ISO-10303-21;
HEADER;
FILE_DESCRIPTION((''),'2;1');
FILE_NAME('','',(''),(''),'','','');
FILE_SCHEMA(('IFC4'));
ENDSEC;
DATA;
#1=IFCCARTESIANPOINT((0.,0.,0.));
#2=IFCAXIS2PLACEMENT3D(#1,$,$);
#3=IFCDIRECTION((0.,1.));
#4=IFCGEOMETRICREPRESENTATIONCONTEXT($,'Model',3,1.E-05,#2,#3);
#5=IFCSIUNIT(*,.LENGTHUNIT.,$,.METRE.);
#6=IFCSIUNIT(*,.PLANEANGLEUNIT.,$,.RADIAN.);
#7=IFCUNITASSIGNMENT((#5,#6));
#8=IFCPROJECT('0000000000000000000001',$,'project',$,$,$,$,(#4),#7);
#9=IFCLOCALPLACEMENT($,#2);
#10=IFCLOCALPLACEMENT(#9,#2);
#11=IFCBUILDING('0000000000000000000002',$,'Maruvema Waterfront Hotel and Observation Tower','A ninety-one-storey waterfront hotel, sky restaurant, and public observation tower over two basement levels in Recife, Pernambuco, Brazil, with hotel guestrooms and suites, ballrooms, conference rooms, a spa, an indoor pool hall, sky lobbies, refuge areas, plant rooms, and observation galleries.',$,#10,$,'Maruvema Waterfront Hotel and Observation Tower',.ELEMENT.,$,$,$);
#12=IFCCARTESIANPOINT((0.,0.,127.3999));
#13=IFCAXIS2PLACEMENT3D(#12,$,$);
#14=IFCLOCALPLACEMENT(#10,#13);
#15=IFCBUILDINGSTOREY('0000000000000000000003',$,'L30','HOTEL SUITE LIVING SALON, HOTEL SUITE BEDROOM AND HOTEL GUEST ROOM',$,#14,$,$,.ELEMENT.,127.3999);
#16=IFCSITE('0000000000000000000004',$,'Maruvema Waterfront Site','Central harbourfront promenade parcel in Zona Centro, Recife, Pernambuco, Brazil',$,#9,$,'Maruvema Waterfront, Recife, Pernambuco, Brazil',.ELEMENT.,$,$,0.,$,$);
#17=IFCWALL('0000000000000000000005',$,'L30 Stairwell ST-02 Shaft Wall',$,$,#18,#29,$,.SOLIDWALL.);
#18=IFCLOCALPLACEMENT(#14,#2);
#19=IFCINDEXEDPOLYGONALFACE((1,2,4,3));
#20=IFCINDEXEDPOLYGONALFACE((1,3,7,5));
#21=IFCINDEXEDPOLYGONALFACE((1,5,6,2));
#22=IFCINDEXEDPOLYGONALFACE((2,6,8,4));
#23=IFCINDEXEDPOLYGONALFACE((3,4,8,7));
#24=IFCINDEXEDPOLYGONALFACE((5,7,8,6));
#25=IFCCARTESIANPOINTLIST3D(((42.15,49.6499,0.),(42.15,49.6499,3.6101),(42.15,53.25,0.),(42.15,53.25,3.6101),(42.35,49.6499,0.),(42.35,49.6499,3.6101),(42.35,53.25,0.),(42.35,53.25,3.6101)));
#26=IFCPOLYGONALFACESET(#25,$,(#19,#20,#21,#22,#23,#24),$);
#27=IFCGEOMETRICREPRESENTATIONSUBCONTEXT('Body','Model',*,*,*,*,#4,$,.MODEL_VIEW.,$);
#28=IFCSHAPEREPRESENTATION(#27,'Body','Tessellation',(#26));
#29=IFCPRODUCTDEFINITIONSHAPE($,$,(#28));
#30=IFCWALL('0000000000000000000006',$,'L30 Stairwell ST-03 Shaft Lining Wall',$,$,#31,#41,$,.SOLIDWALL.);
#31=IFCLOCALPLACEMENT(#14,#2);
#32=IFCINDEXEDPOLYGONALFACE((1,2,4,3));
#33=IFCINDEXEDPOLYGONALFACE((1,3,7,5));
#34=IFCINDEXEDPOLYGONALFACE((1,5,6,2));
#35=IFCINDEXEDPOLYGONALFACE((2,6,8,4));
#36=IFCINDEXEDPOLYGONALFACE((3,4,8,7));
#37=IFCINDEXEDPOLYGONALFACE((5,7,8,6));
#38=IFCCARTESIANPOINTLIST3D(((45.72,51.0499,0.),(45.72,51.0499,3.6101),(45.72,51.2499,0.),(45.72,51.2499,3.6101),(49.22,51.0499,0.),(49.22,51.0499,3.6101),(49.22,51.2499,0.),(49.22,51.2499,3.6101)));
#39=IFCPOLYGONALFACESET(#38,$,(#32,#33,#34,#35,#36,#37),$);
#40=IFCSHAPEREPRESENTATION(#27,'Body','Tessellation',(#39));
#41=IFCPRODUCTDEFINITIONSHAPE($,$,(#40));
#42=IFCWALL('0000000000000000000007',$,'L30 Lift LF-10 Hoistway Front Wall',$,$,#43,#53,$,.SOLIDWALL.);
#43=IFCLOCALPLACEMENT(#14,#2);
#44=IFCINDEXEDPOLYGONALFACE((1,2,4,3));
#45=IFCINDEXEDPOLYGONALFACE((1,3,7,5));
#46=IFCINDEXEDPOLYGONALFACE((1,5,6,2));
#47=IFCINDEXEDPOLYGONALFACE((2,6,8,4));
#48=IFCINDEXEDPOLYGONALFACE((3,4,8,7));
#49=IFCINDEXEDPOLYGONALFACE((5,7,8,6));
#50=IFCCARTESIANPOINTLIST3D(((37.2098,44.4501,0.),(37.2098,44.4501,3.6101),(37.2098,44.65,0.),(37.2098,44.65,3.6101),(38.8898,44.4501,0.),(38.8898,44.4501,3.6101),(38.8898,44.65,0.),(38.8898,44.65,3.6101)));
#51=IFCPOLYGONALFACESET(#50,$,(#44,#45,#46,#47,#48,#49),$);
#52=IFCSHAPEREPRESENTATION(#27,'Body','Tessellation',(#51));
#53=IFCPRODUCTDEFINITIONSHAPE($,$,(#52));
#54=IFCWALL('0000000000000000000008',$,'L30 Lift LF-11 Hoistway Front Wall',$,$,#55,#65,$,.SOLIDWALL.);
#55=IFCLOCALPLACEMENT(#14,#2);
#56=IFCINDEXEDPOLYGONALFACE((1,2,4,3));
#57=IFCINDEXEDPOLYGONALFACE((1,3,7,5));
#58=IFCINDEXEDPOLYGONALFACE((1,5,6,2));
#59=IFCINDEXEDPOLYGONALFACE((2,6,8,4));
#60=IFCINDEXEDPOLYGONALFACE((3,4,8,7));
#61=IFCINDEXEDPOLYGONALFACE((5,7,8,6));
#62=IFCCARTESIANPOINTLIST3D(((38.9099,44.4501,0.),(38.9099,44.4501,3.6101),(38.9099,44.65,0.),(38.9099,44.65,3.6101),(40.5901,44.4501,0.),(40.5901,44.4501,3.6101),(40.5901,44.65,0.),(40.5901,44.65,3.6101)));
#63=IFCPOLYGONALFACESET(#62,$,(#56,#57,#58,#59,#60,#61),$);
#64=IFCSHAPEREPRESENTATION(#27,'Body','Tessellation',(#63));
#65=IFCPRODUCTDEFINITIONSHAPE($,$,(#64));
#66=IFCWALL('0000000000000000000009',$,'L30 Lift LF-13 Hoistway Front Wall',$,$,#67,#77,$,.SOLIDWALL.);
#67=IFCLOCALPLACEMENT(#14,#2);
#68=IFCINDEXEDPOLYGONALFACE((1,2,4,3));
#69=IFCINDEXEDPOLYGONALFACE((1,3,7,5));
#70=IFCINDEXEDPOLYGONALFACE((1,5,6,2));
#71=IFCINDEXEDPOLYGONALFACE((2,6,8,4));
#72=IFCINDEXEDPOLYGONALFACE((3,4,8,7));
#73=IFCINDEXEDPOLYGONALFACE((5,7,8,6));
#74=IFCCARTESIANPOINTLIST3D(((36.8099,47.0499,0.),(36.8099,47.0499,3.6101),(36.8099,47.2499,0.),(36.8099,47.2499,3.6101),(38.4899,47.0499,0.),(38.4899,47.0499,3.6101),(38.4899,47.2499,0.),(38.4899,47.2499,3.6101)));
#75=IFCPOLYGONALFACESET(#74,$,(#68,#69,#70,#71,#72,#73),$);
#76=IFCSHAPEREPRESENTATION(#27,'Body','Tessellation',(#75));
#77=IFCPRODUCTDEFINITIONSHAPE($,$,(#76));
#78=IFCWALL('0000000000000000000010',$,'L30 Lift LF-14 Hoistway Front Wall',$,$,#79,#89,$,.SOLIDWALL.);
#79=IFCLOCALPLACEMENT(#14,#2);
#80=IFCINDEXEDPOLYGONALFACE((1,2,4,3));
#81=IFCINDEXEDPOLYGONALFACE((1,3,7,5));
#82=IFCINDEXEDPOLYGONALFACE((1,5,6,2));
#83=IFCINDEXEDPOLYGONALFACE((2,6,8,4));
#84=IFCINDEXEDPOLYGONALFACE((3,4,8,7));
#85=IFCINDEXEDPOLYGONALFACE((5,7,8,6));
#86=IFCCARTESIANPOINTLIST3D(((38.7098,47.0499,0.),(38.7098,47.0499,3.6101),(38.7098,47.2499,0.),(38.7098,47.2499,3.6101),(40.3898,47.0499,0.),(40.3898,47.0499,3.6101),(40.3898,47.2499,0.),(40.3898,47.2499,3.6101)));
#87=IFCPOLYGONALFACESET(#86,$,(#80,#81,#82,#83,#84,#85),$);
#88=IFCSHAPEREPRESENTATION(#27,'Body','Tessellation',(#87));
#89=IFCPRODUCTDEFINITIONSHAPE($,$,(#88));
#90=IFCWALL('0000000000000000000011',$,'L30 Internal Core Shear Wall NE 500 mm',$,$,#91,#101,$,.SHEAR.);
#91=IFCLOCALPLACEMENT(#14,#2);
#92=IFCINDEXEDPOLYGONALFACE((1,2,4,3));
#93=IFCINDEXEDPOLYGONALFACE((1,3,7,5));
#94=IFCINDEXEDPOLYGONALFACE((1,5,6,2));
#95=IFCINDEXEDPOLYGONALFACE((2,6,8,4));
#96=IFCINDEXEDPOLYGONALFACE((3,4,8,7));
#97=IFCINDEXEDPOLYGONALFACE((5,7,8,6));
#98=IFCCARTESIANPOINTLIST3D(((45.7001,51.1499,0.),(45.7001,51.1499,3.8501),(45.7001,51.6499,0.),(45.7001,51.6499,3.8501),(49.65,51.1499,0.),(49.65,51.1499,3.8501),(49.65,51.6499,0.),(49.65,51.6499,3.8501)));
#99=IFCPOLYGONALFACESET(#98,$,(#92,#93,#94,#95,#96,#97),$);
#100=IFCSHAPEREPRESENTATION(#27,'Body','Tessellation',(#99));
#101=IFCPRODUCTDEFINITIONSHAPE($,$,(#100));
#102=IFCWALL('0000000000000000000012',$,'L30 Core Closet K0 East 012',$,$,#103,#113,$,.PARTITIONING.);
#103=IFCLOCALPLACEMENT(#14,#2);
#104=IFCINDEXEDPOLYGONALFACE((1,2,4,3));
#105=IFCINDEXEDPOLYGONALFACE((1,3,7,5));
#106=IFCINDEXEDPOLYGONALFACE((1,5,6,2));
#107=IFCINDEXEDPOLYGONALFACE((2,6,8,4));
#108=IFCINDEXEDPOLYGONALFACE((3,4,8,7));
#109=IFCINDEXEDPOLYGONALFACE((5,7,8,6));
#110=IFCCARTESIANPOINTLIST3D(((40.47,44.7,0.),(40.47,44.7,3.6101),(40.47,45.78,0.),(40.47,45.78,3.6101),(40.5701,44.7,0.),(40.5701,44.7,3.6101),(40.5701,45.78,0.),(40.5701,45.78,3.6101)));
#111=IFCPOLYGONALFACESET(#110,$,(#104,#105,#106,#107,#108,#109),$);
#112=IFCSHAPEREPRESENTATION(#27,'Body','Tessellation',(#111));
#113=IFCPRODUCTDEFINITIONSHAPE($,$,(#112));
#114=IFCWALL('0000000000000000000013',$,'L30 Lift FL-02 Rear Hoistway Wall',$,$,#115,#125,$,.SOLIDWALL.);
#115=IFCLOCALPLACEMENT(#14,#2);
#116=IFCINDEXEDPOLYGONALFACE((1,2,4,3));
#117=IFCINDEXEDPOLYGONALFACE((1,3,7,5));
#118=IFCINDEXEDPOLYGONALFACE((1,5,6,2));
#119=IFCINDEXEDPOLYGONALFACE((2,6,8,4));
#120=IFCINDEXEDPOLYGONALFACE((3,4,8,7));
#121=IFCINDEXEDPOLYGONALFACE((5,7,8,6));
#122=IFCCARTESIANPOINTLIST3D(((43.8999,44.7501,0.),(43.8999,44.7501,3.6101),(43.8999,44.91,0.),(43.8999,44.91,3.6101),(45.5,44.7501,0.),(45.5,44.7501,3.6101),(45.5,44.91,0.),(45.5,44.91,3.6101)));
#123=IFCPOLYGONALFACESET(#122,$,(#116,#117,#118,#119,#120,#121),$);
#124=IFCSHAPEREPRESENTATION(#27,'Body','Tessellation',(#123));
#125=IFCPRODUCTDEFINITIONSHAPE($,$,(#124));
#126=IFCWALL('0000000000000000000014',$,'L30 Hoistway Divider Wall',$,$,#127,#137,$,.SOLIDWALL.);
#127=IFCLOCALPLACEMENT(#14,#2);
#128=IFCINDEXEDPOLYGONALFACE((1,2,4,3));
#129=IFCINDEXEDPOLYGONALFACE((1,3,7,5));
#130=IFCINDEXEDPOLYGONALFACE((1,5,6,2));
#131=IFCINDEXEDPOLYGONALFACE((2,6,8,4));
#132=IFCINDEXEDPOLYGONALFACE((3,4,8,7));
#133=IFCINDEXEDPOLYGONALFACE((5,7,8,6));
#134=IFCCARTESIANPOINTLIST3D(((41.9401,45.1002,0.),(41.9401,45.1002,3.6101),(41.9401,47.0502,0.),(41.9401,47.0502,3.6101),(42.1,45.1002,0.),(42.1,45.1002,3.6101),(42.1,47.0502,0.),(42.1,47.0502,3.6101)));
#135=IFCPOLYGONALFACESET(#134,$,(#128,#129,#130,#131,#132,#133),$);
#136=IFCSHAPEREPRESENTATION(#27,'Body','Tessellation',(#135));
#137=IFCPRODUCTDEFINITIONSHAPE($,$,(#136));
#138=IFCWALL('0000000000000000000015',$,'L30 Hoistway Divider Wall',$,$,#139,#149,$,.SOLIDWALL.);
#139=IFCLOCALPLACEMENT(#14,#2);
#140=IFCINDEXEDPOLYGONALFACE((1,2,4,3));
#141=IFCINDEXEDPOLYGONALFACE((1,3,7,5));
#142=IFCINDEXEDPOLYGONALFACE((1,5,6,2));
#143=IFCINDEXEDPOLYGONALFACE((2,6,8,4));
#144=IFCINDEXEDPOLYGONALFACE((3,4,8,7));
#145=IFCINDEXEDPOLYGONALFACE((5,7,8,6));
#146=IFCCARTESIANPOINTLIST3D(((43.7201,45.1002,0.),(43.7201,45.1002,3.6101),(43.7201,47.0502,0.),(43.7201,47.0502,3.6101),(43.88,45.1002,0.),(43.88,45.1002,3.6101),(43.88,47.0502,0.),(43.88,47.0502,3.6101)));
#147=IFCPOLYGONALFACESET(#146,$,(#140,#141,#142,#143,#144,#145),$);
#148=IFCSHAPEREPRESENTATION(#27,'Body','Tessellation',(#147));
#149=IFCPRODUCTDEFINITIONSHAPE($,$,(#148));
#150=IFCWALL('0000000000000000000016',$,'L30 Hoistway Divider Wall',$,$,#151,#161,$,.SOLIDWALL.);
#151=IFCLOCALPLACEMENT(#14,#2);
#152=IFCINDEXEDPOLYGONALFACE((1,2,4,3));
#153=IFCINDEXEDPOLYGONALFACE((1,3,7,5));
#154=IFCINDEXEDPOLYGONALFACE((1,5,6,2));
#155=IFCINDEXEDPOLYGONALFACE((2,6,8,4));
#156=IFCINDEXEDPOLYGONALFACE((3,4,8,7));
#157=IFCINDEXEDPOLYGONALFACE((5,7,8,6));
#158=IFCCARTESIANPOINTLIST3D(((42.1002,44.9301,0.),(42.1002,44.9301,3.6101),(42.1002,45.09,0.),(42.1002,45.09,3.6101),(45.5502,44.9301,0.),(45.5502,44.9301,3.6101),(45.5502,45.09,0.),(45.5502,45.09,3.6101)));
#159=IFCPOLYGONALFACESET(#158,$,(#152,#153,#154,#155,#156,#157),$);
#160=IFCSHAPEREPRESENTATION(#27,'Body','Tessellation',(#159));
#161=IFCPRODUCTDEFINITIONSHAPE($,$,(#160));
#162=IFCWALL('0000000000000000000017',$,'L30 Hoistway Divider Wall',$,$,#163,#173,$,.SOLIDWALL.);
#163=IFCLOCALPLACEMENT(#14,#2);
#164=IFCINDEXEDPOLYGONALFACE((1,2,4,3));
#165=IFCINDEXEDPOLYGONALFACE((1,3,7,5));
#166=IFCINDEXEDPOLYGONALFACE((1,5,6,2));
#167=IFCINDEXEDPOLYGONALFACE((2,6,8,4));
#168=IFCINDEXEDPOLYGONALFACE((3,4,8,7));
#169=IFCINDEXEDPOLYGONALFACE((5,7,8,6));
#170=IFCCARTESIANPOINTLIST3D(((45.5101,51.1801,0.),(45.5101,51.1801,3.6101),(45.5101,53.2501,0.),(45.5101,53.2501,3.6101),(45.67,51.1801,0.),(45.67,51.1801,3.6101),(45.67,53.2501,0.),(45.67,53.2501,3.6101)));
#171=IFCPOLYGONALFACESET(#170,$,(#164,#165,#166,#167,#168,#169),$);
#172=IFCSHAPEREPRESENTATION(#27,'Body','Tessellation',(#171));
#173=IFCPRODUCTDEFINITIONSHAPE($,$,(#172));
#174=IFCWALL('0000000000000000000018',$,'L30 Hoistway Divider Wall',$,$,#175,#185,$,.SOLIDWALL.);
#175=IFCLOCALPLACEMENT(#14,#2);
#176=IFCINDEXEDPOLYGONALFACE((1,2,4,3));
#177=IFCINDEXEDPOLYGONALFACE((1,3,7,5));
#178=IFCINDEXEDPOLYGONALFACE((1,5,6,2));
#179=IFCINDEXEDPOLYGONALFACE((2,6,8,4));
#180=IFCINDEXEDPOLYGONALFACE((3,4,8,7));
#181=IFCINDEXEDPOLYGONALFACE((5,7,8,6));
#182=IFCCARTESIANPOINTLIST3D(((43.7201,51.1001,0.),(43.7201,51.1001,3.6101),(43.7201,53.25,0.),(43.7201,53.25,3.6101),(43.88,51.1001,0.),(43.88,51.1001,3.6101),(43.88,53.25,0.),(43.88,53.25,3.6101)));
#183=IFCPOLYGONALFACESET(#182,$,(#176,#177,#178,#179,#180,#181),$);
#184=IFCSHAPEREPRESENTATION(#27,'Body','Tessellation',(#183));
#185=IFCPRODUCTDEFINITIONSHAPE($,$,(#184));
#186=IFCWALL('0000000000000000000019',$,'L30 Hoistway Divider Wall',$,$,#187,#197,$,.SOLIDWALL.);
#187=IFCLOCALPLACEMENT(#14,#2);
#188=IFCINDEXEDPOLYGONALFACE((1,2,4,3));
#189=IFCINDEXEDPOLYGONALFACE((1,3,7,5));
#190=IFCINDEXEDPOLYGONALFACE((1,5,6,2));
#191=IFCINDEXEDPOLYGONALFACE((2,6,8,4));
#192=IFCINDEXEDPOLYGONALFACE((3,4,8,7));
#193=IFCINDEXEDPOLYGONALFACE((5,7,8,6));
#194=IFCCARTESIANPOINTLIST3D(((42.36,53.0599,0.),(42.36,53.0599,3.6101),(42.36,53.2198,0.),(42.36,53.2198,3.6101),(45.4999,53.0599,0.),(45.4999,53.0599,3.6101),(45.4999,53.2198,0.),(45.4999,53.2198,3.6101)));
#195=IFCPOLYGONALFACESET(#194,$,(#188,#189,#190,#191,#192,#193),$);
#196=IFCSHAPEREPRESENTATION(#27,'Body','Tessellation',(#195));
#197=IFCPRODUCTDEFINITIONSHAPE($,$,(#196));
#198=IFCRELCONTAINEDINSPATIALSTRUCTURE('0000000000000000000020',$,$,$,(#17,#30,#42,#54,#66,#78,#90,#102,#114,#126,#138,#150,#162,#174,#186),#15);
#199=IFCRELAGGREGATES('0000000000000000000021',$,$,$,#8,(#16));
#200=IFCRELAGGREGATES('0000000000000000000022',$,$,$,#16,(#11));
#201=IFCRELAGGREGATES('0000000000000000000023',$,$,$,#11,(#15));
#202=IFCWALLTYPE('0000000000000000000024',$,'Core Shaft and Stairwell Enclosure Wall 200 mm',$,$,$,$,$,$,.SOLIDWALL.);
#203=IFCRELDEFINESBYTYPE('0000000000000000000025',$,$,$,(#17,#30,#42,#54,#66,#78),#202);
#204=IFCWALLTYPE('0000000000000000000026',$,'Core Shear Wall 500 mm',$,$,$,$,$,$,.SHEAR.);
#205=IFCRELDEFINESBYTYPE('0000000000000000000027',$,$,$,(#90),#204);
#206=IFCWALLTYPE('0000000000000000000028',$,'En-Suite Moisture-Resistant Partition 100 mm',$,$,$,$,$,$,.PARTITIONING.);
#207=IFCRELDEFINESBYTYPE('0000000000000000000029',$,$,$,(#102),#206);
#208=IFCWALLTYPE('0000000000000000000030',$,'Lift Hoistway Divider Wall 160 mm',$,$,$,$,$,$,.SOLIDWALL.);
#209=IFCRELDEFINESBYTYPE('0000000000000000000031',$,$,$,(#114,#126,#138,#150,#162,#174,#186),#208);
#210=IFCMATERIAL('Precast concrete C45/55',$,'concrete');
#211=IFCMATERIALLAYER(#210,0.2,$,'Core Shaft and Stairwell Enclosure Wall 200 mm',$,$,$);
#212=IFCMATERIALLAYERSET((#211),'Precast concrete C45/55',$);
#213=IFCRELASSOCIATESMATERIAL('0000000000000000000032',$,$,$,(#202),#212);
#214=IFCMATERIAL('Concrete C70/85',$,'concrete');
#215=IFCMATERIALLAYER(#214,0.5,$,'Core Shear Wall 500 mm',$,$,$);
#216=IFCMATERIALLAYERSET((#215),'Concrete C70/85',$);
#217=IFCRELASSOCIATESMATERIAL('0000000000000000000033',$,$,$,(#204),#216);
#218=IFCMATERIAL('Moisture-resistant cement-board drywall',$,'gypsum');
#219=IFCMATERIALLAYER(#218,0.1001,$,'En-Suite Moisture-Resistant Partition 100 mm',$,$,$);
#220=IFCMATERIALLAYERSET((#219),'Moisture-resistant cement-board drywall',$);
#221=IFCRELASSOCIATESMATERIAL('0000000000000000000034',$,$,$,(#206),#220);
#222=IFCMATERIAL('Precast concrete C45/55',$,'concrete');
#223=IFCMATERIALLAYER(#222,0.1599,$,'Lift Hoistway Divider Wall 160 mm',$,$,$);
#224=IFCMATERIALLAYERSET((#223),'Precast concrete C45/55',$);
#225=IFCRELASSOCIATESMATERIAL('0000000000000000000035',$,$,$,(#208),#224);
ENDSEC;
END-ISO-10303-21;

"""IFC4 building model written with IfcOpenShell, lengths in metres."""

from ifc_helpers import new_model, si_unit, direction, frame, frame_2d, origin, place, context, subcontext, project, spatial, rectangle, extrude, material, layer, layer_set, type_object, element, save


model = new_model("IFC4")

# Units and contexts
model_context = context("Model", 3, precision=1e-05, world=origin(), true_north=direction((0.0, 1.0)))
body_context = subcontext(model_context, "Body", "Model", "MODEL_VIEW")
ifc_project = project(units=[si_unit("LENGTHUNIT", "METRE"), si_unit("PLANEANGLEUNIT", "RADIAN")], contexts=[model_context])

# Site, building, storey
site_placement = place(None, origin())
site = spatial("IfcSite", under=ifc_project, at=site_placement, Name="Maruvema Waterfront Site", Description="Central harbourfront promenade parcel in Zona Centro, Recife, Pernambuco, Brazil", LongName="Maruvema Waterfront, Recife, Pernambuco, Brazil", CompositionType="ELEMENT", RefElevation=0.0)
building_placement = place(site_placement, origin())
building = spatial("IfcBuilding", under=site, at=building_placement, Name="Maruvema Waterfront Hotel and Observation Tower", Description="A ninety-one-storey waterfront hotel, sky restaurant, and public observation tower over two basement levels in Recife, Pernambuco, Brazil, with hotel guestrooms and suites, ballrooms, conference rooms, a spa, an indoor pool hall, sky lobbies, refuge areas, plant rooms, and observation galleries.", LongName="Maruvema Waterfront Hotel and Observation Tower", CompositionType="ELEMENT")
storey_placement = place(building_placement, frame((0.0, 0.0, 127.3999)))
storey = spatial("IfcBuildingStorey", under=building, at=storey_placement, Name="L30", Description="HOTEL SUITE LIVING SALON, HOTEL SUITE BEDROOM AND HOTEL GUEST ROOM", CompositionType="ELEMENT", Elevation=127.3999)

# Walls
ifc_material_1 = material(Name="Precast concrete C45/55", Category="concrete")
ifc_layer_1 = layer(ifc_material_1, 0.2, Name="Core Shaft and Stairwell Enclosure Wall 200 mm")
ifc_layer_set_1 = layer_set([ifc_layer_1], Name="Precast concrete C45/55")
wall_type_1 = type_object("IfcWallType", Name="Core Shaft and Stairwell Enclosure Wall 200 mm", PredefinedType="SOLIDWALL", material=ifc_layer_set_1)
wall_1_placement = place(storey_placement, frame((42.25, 49.6499, 0.0), z_axis=(0.0, 0.0, 1.0), x_axis=(0.0, 1.0, 0.0)))
element("IfcWall", 1, at=wall_1_placement, inside=storey, type_object=wall_type_1, Name="L30 Stairwell ST-02 Shaft Wall", PredefinedType="SOLIDWALL", context=body_context, shape_type="SweptSolid", body=[
    extrude(rectangle(XDim=3.6001, YDim=0.2, at=frame_2d((1.8, 0.0))), origin(), (0.0, 0.0, 1.0), 3.6101),
])
wall_2_placement = place(storey_placement, frame((45.72, 51.1499, 0.0), z_axis=(0.0, 0.0, 1.0), x_axis=(1.0, 0.0, 0.0)))
element("IfcWall", 2, at=wall_2_placement, inside=storey, type_object=wall_type_1, Name="L30 Stairwell ST-03 Shaft Lining Wall", PredefinedType="SOLIDWALL", context=body_context, shape_type="SweptSolid", body=[
    extrude(rectangle(XDim=3.5, YDim=0.2, at=frame_2d((1.75, 0.0))), origin(), (0.0, 0.0, 1.0), 3.6101),
])

# Walls
wall_3_placement = place(storey_placement, frame((37.21, 44.55, 0.0), z_axis=(0.0, 0.0, 1.0), x_axis=(1.0, 0.0, 0.0)))
element("IfcWall", 3, at=wall_3_placement, inside=storey, type_object=wall_type_1, Name="L30 Lift LF-10 Hoistway Front Wall", PredefinedType="SOLIDWALL", context=body_context, shape_type="SweptSolid", body=[
    extrude(rectangle(XDim=1.6799, YDim=0.2, at=frame_2d((0.8398, 0.0))), origin(), (0.0, 0.0, 1.0), 3.6101),
])
wall_4_placement = place(storey_placement, frame((38.9099, 44.55, 0.0), z_axis=(0.0, 0.0, 1.0), x_axis=(1.0, 0.0, 0.0)))
element("IfcWall", 4, at=wall_4_placement, inside=storey, type_object=wall_type_1, Name="L30 Lift LF-11 Hoistway Front Wall", PredefinedType="SOLIDWALL", context=body_context, shape_type="SweptSolid", body=[
    extrude(rectangle(XDim=1.6802, YDim=0.2, at=frame_2d((0.8401, 0.0))), origin(), (0.0, 0.0, 1.0), 3.6101),
])
for number, where, z_axis, x_axis, name in (
    (5, (36.8101, 47.1499, 0.0), (0.0, 0.0, 1.0), (1.0, 0.0, 0.0), "L30 Lift LF-13 Hoistway Front Wall"),
    (6, (38.71, 47.1499, 0.0), (0.0, 0.0, 1.0), (1.0, 0.0, 0.0), "L30 Lift LF-14 Hoistway Front Wall"),
):
    element("IfcWall", number, at=place(storey_placement, frame(where, z_axis=z_axis, x_axis=x_axis)), inside=storey, type_object=wall_type_1, Name=name, PredefinedType="SOLIDWALL", context=body_context, shape_type="SweptSolid", body=[
        extrude(rectangle(XDim=1.6799, YDim=0.2, at=frame_2d((0.8398, 0.0))), origin(), (0.0, 0.0, 1.0), 3.6101),
    ])
ifc_material_2 = material(Name="Concrete C70/85", Category="concrete")
ifc_layer_2 = layer(ifc_material_2, 0.5, Name="Core Shear Wall 500 mm")
ifc_layer_set_2 = layer_set([ifc_layer_2], Name="Concrete C70/85")
wall_type_2 = type_object("IfcWallType", Name="Core Shear Wall 500 mm", PredefinedType="SHEAR", material=ifc_layer_set_2)
wall_5_placement = place(storey_placement, frame((45.7, 51.3999, 0.0), z_axis=(0.0, 0.0, 1.0), x_axis=(1.0, 0.0, 0.0)))
element("IfcWall", 7, at=wall_5_placement, inside=storey, type_object=wall_type_2, Name="L30 Internal Core Shear Wall NE 500 mm", PredefinedType="SHEAR", context=body_context, shape_type="SweptSolid", body=[
    extrude(rectangle(XDim=3.95, YDim=0.5, at=frame_2d((1.9751, 0.0))), origin(), (0.0, 0.0, 1.0), 3.8501),
])
ifc_material_3 = material(Name="Moisture-resistant cement-board drywall", Category="gypsum")
ifc_layer_3 = layer(ifc_material_3, 0.1001, Name="En-Suite Moisture-Resistant Partition 100 mm")
ifc_layer_set_3 = layer_set([ifc_layer_3], Name="Moisture-resistant cement-board drywall")
wall_type_3 = type_object("IfcWallType", Name="En-Suite Moisture-Resistant Partition 100 mm", PredefinedType="PARTITIONING", material=ifc_layer_set_3)
wall_6_placement = place(storey_placement, frame((40.52, 44.7, 0.0), z_axis=(0.0, 0.0, 1.0), x_axis=(0.0, 1.0, 0.0)))
element("IfcWall", 8, at=wall_6_placement, inside=storey, type_object=wall_type_3, Name="L30 Core Closet K0 East 012", PredefinedType="PARTITIONING", context=body_context, shape_type="SweptSolid", body=[
    extrude(rectangle(XDim=1.0801, YDim=0.1001, at=frame_2d((0.54, 0.0))), origin(), (0.0, 0.0, 1.0), 3.6101),
])
ifc_material_4 = material(Name="Precast concrete C45/55", Category="concrete")
ifc_layer_4 = layer(ifc_material_4, 0.1599, Name="Lift Hoistway Divider Wall 160 mm")
ifc_layer_set_4 = layer_set([ifc_layer_4], Name="Precast concrete C45/55")
wall_type_4 = type_object("IfcWallType", Name="Lift Hoistway Divider Wall 160 mm", PredefinedType="SOLIDWALL", material=ifc_layer_set_4)
wall_7_placement = place(storey_placement, frame((43.8999, 44.8301, 0.0), z_axis=(0.0, 0.0, 1.0), x_axis=(1.0, 0.0, 0.0)))
element("IfcWall", 9, at=wall_7_placement, inside=storey, type_object=wall_type_4, Name="L30 Lift FL-02 Rear Hoistway Wall", PredefinedType="SOLIDWALL", context=body_context, shape_type="SweptSolid", body=[
    extrude(rectangle(XDim=1.6001, YDim=0.1599, at=frame_2d((0.8, 0.0))), origin(), (0.0, 0.0, 1.0), 3.6101),
])
for number, where, z_axis, x_axis, name in (
    (10, (42.02, 45.1001, 0.0), (0.0, 0.0, 1.0), (0.0, 1.0, 0.0), "L30 Hoistway Divider Wall"),
    (11, (43.8, 45.1001, 0.0), (0.0, 0.0, 1.0), (0.0, 1.0, 0.0), "L30 Hoistway Divider Wall"),
):
    element("IfcWall", number, at=place(storey_placement, frame(where, z_axis=z_axis, x_axis=x_axis)), inside=storey, type_object=wall_type_4, Name=name, PredefinedType="SOLIDWALL", context=body_context, shape_type="SweptSolid", body=[
        extrude(rectangle(XDim=1.95, YDim=0.1599, at=frame_2d((0.9751, 0.0))), origin(), (0.0, 0.0, 1.0), 3.6101),
    ])
wall_8_placement = place(storey_placement, frame((42.1001, 45.01, 0.0), z_axis=(0.0, 0.0, 1.0), x_axis=(1.0, 0.0, 0.0)))
element("IfcWall", 12, at=wall_8_placement, inside=storey, type_object=wall_type_4, Name="L30 Hoistway Divider Wall", PredefinedType="SOLIDWALL", context=body_context, shape_type="SweptSolid", body=[
    extrude(rectangle(XDim=3.45, YDim=0.1599, at=frame_2d((1.7251, 0.0))), origin(), (0.0, 0.0, 1.0), 3.6101),
])
wall_9_placement = place(storey_placement, frame((45.5901, 51.1799, 0.0), z_axis=(0.0, 0.0, 1.0), x_axis=(0.0, 1.0, 0.0)))
element("IfcWall", 13, at=wall_9_placement, inside=storey, type_object=wall_type_4, Name="L30 Hoistway Divider Wall", PredefinedType="SOLIDWALL", context=body_context, shape_type="SweptSolid", body=[
    extrude(rectangle(XDim=2.0701, YDim=0.1599, at=frame_2d((1.0352, 0.0))), origin(), (0.0, 0.0, 1.0), 3.6101),
])
wall_10_placement = place(storey_placement, frame((43.8, 51.1001, 0.0), z_axis=(0.0, 0.0, 1.0), x_axis=(0.0, 1.0, 0.0)))
element("IfcWall", 14, at=wall_10_placement, inside=storey, type_object=wall_type_4, Name="L30 Hoistway Divider Wall", PredefinedType="SOLIDWALL", context=body_context, shape_type="SweptSolid", body=[
    extrude(rectangle(XDim=2.1499, YDim=0.1599, at=frame_2d((1.075, 0.0))), origin(), (0.0, 0.0, 1.0), 3.6101),
])
wall_11_placement = place(storey_placement, frame((42.3601, 53.1399, 0.0), z_axis=(0.0, 0.0, 1.0), x_axis=(1.0, 0.0, 0.0)))
element("IfcWall", 15, at=wall_11_placement, inside=storey, type_object=wall_type_4, Name="L30 Hoistway Divider Wall", PredefinedType="SOLIDWALL", context=body_context, shape_type="SweptSolid", body=[
    extrude(rectangle(XDim=3.1399, YDim=0.1599, at=frame_2d((1.5698, 0.0))), origin(), (0.0, 0.0, 1.0), 3.6101),
])

save(model, "model.ifc")
